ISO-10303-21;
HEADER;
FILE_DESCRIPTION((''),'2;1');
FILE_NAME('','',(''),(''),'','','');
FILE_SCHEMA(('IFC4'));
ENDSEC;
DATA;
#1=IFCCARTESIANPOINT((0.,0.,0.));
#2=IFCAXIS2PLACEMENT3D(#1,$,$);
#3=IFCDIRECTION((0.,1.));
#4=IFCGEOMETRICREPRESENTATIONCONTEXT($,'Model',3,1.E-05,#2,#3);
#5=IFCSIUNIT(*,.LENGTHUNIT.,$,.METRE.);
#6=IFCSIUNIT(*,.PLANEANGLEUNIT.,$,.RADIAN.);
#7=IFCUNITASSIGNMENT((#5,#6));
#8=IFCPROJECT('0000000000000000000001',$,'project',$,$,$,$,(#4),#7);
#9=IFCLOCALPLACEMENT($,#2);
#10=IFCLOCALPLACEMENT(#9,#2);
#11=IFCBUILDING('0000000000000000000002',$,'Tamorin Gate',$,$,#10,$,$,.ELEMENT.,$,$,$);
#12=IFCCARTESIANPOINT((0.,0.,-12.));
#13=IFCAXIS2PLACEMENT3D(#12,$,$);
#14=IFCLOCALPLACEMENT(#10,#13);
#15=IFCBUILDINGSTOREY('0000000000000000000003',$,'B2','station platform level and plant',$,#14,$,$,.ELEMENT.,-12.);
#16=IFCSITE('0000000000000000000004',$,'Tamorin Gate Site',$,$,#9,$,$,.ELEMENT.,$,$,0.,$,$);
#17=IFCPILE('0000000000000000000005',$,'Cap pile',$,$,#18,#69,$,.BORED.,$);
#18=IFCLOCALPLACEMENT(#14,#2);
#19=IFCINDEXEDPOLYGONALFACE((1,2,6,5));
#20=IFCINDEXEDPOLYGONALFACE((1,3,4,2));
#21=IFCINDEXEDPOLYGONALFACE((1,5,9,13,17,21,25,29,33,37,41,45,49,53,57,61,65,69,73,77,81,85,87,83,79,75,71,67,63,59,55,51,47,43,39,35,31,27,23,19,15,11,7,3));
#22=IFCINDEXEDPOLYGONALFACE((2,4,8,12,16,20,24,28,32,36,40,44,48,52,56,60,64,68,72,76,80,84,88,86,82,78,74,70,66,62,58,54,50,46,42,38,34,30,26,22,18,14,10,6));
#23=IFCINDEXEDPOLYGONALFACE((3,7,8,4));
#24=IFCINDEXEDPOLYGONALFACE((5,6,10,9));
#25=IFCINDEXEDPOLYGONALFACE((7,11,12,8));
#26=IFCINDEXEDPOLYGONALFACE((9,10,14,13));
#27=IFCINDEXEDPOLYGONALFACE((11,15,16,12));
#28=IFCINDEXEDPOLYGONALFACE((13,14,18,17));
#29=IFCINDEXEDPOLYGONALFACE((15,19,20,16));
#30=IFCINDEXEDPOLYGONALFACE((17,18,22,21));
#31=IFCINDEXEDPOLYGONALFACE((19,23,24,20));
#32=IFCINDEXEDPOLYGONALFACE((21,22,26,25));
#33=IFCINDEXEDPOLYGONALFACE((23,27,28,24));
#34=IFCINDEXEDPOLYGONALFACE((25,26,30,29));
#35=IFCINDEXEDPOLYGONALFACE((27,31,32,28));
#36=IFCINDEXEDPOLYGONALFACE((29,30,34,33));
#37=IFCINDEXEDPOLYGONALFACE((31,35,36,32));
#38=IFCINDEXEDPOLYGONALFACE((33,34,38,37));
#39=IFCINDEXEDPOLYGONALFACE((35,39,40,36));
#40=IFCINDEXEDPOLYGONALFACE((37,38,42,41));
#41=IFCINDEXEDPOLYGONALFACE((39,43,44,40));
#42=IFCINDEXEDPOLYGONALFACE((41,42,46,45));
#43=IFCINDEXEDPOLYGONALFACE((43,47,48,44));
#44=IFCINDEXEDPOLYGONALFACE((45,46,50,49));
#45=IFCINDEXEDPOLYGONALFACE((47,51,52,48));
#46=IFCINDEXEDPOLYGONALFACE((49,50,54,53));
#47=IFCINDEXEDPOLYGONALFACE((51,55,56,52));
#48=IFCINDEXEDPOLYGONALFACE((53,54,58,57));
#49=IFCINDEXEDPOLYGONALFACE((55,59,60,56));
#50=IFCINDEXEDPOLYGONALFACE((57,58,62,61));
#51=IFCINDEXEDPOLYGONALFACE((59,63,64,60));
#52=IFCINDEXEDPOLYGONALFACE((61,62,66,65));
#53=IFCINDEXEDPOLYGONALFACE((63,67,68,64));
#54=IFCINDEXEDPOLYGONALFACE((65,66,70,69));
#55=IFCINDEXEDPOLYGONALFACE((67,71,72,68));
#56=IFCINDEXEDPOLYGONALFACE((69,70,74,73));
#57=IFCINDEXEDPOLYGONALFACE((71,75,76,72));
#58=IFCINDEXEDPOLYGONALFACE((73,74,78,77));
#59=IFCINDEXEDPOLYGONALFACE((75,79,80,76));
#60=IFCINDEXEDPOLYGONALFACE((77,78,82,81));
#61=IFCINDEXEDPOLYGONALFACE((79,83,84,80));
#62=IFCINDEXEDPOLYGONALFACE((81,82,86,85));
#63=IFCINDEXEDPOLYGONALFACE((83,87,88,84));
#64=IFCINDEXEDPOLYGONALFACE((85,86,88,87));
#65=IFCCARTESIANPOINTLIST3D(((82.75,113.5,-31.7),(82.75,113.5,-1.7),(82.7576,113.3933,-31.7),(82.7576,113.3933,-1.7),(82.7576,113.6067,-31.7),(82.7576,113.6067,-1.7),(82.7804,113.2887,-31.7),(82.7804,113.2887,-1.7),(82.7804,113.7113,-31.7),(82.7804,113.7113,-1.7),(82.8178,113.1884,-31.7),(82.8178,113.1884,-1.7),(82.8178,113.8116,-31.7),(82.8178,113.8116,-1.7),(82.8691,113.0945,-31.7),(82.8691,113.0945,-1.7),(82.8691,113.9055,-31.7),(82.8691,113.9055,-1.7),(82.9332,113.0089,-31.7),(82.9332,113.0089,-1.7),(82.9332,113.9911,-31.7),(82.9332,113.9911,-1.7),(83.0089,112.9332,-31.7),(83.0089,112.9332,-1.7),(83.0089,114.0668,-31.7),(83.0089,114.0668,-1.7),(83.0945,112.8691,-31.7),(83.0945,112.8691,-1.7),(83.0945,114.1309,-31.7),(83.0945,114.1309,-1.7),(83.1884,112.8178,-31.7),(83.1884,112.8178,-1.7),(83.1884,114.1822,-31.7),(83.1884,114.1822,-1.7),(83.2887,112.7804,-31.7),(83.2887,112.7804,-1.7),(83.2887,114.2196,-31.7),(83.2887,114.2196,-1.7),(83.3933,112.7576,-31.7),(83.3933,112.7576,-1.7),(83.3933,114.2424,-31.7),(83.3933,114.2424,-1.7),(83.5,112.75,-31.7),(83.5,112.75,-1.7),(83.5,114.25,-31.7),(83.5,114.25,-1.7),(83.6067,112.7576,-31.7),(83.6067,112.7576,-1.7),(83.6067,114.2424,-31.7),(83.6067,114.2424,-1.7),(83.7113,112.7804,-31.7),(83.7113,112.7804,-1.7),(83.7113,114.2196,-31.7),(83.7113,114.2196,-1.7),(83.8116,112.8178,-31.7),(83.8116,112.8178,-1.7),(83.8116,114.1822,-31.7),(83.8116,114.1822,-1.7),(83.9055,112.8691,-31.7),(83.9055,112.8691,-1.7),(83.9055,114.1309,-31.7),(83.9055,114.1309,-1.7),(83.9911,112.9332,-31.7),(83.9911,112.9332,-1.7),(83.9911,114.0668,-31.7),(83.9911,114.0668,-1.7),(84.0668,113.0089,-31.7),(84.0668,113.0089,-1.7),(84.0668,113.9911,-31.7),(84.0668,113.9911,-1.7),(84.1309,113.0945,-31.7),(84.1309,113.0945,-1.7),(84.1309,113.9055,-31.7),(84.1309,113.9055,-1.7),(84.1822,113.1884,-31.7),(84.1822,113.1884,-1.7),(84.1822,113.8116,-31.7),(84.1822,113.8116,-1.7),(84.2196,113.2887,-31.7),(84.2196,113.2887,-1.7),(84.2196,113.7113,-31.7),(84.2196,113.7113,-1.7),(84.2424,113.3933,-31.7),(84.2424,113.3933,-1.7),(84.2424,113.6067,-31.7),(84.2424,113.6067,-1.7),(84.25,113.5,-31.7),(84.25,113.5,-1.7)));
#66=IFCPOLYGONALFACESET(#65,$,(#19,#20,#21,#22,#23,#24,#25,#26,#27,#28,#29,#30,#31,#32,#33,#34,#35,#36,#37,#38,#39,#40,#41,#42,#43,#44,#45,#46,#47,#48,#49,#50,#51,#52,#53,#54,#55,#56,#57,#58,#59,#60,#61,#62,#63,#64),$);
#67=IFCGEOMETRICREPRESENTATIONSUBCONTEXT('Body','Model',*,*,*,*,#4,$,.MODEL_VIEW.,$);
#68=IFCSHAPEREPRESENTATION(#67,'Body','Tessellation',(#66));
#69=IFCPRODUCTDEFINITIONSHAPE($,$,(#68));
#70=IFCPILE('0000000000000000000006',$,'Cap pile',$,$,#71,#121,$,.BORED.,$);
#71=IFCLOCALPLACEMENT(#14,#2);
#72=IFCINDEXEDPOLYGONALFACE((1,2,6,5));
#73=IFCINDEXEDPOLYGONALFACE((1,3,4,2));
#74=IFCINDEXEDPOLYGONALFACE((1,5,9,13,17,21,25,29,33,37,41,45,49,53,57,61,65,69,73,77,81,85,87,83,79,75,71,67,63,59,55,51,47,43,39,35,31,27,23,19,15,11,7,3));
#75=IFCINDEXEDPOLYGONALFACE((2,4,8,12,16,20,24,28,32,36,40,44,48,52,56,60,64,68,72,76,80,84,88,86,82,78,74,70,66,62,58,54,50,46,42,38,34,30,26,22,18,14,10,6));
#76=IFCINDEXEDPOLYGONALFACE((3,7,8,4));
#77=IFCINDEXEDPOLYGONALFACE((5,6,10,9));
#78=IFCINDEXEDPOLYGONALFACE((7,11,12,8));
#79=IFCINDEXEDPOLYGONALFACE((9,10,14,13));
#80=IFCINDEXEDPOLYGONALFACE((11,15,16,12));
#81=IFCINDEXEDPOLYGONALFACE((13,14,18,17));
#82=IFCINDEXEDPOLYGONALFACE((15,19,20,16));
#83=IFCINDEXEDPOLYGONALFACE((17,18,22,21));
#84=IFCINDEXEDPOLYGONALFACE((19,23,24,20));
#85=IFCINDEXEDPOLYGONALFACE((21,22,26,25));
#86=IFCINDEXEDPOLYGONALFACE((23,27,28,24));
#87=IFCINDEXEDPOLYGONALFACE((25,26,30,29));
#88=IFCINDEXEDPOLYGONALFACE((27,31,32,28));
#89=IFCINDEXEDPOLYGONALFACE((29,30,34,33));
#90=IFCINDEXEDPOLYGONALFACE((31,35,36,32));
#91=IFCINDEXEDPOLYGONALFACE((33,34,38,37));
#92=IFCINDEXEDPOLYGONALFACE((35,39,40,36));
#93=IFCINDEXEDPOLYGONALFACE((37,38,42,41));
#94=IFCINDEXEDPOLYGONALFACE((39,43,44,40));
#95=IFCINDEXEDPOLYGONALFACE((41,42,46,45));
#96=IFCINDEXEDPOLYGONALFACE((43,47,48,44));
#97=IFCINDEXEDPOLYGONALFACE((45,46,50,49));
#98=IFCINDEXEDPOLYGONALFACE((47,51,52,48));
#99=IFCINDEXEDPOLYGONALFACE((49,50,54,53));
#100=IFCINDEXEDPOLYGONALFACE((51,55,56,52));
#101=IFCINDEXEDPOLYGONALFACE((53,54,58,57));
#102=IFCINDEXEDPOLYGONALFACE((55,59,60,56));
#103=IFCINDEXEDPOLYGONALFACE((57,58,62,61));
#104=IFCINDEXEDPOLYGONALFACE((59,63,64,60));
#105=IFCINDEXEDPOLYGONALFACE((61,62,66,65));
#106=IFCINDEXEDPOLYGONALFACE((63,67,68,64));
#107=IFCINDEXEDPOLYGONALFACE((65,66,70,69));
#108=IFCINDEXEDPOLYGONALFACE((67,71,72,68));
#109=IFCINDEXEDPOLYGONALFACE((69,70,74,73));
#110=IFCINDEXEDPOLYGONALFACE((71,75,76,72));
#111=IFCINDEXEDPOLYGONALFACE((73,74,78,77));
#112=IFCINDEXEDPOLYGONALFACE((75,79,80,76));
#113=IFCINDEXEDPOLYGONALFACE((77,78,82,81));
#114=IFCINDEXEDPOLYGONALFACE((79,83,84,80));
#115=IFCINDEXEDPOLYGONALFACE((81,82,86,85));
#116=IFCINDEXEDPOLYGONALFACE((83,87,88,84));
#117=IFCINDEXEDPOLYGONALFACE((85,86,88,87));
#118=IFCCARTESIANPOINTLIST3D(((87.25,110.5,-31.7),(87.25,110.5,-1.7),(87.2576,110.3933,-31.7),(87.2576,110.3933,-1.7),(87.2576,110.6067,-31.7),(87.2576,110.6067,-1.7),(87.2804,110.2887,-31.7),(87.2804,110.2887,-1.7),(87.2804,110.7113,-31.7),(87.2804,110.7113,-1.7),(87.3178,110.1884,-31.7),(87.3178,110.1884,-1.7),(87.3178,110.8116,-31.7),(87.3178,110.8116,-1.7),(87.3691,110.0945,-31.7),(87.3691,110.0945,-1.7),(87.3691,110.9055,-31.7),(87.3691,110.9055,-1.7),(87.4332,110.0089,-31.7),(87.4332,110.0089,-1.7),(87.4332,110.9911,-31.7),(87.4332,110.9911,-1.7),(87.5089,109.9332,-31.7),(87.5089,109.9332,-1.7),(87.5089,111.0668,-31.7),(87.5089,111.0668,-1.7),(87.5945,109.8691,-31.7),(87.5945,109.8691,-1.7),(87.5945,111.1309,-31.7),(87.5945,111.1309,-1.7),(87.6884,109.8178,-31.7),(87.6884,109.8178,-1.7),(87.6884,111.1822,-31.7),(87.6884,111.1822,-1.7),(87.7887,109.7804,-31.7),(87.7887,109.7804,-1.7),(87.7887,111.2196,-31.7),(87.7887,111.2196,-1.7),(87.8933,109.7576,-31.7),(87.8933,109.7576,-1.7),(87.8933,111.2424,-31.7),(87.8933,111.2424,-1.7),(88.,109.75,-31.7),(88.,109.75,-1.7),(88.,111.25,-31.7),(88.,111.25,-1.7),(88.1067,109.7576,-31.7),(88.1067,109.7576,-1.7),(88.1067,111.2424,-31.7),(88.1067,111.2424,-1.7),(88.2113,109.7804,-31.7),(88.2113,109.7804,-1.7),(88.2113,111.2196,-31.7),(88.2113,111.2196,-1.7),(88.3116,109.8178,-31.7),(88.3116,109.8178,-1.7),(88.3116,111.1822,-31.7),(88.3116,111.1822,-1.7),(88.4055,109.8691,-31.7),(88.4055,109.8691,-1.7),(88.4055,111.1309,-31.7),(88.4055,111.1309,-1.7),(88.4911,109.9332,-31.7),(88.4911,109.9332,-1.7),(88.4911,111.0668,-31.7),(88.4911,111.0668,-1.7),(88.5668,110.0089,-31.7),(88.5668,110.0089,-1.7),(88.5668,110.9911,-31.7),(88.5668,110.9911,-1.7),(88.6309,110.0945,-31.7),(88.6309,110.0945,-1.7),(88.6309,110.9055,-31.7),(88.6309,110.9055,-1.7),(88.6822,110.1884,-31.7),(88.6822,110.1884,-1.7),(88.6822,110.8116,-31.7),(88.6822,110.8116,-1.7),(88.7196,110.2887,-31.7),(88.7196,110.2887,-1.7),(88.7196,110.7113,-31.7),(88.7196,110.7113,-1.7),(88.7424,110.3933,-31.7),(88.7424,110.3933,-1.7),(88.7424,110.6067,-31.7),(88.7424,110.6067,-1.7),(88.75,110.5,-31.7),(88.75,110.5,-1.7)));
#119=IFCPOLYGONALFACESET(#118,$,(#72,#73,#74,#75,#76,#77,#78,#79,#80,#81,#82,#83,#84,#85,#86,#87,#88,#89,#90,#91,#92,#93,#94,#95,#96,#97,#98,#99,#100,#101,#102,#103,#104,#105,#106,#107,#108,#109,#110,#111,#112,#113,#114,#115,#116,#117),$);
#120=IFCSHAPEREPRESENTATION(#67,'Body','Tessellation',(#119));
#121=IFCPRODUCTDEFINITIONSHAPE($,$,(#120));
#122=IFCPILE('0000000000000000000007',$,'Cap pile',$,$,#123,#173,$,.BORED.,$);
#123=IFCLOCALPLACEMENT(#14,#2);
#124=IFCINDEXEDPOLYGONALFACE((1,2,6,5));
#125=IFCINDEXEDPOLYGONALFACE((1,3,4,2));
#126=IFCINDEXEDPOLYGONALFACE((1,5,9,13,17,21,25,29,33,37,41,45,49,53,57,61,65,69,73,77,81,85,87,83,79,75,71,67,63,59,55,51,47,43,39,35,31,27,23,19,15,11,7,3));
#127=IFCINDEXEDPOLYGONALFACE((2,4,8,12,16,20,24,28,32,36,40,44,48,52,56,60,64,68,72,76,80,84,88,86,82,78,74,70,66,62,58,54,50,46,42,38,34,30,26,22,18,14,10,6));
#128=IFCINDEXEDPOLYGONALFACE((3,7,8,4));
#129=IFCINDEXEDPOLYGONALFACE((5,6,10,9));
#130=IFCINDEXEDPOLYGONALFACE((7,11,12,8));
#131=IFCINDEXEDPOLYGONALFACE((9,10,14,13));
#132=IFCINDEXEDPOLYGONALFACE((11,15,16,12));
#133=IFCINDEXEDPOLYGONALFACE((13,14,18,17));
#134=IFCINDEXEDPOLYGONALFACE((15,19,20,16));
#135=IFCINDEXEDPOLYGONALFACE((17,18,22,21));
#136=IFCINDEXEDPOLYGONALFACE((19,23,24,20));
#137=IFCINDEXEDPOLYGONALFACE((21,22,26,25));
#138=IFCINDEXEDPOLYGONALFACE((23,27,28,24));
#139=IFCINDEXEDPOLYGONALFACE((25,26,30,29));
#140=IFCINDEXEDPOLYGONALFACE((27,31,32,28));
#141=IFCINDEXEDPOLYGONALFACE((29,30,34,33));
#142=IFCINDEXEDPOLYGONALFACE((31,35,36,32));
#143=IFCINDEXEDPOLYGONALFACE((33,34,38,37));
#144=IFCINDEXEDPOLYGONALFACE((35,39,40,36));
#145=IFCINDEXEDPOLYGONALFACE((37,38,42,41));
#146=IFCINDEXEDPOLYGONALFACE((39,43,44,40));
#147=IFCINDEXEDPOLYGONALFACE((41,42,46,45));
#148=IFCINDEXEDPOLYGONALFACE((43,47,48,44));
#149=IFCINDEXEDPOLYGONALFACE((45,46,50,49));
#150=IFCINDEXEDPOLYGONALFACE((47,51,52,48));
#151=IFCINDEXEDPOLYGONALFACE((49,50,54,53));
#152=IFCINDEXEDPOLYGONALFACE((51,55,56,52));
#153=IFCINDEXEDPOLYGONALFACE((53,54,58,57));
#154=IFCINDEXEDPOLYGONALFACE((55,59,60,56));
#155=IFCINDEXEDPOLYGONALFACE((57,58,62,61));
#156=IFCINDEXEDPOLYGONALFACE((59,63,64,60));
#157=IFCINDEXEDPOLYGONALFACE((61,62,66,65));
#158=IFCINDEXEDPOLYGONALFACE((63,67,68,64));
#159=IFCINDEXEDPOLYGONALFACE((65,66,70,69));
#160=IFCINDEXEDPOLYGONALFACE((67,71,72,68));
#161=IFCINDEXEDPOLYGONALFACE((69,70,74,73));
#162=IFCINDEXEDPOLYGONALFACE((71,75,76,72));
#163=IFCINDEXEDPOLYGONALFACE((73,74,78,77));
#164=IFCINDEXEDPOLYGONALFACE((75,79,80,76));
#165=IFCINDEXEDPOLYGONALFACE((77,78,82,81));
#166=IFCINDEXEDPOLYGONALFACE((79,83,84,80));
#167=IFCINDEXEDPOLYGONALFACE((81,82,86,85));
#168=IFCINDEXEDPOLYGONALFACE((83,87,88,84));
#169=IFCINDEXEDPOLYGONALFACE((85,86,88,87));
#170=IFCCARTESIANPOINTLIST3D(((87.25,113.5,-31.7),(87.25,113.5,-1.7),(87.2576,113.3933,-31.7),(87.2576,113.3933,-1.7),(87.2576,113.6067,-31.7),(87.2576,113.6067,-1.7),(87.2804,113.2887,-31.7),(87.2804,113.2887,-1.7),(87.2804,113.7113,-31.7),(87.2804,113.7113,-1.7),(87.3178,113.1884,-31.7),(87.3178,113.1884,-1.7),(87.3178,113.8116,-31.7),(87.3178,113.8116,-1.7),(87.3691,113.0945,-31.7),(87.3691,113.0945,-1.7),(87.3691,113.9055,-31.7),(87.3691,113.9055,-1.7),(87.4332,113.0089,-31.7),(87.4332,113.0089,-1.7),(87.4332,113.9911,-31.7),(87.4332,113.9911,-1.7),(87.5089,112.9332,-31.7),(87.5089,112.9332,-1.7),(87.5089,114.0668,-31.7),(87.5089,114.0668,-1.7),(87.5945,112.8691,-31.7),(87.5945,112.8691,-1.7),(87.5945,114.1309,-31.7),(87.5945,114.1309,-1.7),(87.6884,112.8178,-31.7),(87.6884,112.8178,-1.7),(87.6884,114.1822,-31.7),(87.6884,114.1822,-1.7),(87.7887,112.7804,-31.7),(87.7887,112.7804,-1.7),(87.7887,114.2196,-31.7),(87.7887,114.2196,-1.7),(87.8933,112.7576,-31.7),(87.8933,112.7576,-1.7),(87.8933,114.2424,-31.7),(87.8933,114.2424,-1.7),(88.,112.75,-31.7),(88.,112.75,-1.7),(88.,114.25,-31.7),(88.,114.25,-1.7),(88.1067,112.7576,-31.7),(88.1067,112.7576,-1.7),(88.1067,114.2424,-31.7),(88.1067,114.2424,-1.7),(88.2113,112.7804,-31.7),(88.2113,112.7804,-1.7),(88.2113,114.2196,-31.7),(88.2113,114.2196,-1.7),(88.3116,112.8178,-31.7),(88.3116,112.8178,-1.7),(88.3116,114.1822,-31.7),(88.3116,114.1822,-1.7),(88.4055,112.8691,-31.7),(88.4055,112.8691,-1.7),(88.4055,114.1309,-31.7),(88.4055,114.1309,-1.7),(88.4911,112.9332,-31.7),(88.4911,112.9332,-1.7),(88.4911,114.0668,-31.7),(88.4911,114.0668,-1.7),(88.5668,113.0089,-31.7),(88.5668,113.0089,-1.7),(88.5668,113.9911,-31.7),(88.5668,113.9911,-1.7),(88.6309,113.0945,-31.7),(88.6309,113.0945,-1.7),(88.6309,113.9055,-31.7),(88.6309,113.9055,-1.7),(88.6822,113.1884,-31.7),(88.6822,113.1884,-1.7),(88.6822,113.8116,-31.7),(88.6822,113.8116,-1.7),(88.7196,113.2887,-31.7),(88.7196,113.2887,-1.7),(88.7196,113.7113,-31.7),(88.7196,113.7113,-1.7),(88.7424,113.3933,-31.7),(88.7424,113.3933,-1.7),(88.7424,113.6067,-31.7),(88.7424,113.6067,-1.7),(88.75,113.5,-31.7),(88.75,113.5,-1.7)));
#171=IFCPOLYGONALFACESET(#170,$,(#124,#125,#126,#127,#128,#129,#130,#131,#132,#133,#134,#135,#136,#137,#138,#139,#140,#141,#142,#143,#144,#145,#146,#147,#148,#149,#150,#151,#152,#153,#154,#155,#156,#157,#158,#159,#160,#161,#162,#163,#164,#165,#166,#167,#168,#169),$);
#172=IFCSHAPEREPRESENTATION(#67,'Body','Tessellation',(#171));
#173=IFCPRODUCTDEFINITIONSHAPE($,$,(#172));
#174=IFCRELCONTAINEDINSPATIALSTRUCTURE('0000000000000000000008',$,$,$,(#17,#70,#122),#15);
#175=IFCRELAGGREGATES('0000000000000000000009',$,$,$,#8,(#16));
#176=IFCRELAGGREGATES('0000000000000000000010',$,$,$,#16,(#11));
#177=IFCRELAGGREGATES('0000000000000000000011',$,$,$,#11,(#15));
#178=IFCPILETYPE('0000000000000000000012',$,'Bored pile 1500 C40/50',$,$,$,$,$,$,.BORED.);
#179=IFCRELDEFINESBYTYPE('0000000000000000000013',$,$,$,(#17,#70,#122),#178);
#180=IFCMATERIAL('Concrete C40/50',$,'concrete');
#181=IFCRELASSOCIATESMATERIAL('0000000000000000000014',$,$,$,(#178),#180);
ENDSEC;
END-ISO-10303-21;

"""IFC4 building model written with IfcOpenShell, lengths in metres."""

from ifc_helpers import new_model, si_unit, direction, frame, origin, origin_2d, place, context, subcontext, project, spatial, circle, extrude, material, material_profile, profile_set, type_object, element, save


model = new_model("IFC4")

# Units and contexts
model_context = context("Model", 3, precision=1e-05, world=origin(), true_north=direction((0.0, 1.0)))
body_context = subcontext(model_context, "Body", "Model", "MODEL_VIEW")
ifc_project = project(units=[si_unit("LENGTHUNIT", "METRE"), si_unit("PLANEANGLEUNIT", "RADIAN")], contexts=[model_context])

# Site, building, storey
site_placement = place(None, origin())
site = spatial("IfcSite", under=ifc_project, at=site_placement, Name="Tamorin Gate Site", CompositionType="ELEMENT", RefElevation=0.0)
building_placement = place(site_placement, origin())
building = spatial("IfcBuilding", under=site, at=building_placement, Name="Tamorin Gate", CompositionType="ELEMENT")
storey_placement = place(building_placement, frame((0.0, 0.0, -12.0)))
storey = spatial("IfcBuildingStorey", under=building, at=storey_placement, Name="B2", Description="station platform level and plant", CompositionType="ELEMENT", Elevation=-12.0)

# Piles
ifc_material_1 = material(Name="Concrete C40/50", Category="concrete")
ifc_material_profile_1 = material_profile(ifc_material_1, circle(Radius=0.75, at=origin_2d()))
ifc_profile_set_1 = profile_set([ifc_material_profile_1], Name="Concrete C40/50")
pile_type = type_object("IfcPileType", Name="Bored pile 1500 C40/50", PredefinedType="BORED", material=ifc_profile_set_1)
for number, where, z_axis, x_axis, name in (
    (1, (83.5, 113.5, -1.7), (0.0, 0.0, -1.0), (1.0, 0.0, 0.0), "Cap pile"),
    (2, (88.0, 110.5, -1.7), (0.0, 0.0, -1.0), (1.0, 0.0, 0.0), "Cap pile"),
    (3, (88.0, 113.5, -1.7), (0.0, 0.0, -1.0), (1.0, 0.0, 0.0), "Cap pile"),
):
    element("IfcPile", number, at=place(storey_placement, frame(where, z_axis=z_axis, x_axis=x_axis)), inside=storey, type_object=pile_type, Name=name, PredefinedType="BORED", context=body_context, shape_type="SweptSolid", body=[
        extrude(circle(Radius=0.75, at=origin_2d()), origin(), (0.0, 0.0, 1.0), 30.0),
    ])

save(model, "model.ifc")
